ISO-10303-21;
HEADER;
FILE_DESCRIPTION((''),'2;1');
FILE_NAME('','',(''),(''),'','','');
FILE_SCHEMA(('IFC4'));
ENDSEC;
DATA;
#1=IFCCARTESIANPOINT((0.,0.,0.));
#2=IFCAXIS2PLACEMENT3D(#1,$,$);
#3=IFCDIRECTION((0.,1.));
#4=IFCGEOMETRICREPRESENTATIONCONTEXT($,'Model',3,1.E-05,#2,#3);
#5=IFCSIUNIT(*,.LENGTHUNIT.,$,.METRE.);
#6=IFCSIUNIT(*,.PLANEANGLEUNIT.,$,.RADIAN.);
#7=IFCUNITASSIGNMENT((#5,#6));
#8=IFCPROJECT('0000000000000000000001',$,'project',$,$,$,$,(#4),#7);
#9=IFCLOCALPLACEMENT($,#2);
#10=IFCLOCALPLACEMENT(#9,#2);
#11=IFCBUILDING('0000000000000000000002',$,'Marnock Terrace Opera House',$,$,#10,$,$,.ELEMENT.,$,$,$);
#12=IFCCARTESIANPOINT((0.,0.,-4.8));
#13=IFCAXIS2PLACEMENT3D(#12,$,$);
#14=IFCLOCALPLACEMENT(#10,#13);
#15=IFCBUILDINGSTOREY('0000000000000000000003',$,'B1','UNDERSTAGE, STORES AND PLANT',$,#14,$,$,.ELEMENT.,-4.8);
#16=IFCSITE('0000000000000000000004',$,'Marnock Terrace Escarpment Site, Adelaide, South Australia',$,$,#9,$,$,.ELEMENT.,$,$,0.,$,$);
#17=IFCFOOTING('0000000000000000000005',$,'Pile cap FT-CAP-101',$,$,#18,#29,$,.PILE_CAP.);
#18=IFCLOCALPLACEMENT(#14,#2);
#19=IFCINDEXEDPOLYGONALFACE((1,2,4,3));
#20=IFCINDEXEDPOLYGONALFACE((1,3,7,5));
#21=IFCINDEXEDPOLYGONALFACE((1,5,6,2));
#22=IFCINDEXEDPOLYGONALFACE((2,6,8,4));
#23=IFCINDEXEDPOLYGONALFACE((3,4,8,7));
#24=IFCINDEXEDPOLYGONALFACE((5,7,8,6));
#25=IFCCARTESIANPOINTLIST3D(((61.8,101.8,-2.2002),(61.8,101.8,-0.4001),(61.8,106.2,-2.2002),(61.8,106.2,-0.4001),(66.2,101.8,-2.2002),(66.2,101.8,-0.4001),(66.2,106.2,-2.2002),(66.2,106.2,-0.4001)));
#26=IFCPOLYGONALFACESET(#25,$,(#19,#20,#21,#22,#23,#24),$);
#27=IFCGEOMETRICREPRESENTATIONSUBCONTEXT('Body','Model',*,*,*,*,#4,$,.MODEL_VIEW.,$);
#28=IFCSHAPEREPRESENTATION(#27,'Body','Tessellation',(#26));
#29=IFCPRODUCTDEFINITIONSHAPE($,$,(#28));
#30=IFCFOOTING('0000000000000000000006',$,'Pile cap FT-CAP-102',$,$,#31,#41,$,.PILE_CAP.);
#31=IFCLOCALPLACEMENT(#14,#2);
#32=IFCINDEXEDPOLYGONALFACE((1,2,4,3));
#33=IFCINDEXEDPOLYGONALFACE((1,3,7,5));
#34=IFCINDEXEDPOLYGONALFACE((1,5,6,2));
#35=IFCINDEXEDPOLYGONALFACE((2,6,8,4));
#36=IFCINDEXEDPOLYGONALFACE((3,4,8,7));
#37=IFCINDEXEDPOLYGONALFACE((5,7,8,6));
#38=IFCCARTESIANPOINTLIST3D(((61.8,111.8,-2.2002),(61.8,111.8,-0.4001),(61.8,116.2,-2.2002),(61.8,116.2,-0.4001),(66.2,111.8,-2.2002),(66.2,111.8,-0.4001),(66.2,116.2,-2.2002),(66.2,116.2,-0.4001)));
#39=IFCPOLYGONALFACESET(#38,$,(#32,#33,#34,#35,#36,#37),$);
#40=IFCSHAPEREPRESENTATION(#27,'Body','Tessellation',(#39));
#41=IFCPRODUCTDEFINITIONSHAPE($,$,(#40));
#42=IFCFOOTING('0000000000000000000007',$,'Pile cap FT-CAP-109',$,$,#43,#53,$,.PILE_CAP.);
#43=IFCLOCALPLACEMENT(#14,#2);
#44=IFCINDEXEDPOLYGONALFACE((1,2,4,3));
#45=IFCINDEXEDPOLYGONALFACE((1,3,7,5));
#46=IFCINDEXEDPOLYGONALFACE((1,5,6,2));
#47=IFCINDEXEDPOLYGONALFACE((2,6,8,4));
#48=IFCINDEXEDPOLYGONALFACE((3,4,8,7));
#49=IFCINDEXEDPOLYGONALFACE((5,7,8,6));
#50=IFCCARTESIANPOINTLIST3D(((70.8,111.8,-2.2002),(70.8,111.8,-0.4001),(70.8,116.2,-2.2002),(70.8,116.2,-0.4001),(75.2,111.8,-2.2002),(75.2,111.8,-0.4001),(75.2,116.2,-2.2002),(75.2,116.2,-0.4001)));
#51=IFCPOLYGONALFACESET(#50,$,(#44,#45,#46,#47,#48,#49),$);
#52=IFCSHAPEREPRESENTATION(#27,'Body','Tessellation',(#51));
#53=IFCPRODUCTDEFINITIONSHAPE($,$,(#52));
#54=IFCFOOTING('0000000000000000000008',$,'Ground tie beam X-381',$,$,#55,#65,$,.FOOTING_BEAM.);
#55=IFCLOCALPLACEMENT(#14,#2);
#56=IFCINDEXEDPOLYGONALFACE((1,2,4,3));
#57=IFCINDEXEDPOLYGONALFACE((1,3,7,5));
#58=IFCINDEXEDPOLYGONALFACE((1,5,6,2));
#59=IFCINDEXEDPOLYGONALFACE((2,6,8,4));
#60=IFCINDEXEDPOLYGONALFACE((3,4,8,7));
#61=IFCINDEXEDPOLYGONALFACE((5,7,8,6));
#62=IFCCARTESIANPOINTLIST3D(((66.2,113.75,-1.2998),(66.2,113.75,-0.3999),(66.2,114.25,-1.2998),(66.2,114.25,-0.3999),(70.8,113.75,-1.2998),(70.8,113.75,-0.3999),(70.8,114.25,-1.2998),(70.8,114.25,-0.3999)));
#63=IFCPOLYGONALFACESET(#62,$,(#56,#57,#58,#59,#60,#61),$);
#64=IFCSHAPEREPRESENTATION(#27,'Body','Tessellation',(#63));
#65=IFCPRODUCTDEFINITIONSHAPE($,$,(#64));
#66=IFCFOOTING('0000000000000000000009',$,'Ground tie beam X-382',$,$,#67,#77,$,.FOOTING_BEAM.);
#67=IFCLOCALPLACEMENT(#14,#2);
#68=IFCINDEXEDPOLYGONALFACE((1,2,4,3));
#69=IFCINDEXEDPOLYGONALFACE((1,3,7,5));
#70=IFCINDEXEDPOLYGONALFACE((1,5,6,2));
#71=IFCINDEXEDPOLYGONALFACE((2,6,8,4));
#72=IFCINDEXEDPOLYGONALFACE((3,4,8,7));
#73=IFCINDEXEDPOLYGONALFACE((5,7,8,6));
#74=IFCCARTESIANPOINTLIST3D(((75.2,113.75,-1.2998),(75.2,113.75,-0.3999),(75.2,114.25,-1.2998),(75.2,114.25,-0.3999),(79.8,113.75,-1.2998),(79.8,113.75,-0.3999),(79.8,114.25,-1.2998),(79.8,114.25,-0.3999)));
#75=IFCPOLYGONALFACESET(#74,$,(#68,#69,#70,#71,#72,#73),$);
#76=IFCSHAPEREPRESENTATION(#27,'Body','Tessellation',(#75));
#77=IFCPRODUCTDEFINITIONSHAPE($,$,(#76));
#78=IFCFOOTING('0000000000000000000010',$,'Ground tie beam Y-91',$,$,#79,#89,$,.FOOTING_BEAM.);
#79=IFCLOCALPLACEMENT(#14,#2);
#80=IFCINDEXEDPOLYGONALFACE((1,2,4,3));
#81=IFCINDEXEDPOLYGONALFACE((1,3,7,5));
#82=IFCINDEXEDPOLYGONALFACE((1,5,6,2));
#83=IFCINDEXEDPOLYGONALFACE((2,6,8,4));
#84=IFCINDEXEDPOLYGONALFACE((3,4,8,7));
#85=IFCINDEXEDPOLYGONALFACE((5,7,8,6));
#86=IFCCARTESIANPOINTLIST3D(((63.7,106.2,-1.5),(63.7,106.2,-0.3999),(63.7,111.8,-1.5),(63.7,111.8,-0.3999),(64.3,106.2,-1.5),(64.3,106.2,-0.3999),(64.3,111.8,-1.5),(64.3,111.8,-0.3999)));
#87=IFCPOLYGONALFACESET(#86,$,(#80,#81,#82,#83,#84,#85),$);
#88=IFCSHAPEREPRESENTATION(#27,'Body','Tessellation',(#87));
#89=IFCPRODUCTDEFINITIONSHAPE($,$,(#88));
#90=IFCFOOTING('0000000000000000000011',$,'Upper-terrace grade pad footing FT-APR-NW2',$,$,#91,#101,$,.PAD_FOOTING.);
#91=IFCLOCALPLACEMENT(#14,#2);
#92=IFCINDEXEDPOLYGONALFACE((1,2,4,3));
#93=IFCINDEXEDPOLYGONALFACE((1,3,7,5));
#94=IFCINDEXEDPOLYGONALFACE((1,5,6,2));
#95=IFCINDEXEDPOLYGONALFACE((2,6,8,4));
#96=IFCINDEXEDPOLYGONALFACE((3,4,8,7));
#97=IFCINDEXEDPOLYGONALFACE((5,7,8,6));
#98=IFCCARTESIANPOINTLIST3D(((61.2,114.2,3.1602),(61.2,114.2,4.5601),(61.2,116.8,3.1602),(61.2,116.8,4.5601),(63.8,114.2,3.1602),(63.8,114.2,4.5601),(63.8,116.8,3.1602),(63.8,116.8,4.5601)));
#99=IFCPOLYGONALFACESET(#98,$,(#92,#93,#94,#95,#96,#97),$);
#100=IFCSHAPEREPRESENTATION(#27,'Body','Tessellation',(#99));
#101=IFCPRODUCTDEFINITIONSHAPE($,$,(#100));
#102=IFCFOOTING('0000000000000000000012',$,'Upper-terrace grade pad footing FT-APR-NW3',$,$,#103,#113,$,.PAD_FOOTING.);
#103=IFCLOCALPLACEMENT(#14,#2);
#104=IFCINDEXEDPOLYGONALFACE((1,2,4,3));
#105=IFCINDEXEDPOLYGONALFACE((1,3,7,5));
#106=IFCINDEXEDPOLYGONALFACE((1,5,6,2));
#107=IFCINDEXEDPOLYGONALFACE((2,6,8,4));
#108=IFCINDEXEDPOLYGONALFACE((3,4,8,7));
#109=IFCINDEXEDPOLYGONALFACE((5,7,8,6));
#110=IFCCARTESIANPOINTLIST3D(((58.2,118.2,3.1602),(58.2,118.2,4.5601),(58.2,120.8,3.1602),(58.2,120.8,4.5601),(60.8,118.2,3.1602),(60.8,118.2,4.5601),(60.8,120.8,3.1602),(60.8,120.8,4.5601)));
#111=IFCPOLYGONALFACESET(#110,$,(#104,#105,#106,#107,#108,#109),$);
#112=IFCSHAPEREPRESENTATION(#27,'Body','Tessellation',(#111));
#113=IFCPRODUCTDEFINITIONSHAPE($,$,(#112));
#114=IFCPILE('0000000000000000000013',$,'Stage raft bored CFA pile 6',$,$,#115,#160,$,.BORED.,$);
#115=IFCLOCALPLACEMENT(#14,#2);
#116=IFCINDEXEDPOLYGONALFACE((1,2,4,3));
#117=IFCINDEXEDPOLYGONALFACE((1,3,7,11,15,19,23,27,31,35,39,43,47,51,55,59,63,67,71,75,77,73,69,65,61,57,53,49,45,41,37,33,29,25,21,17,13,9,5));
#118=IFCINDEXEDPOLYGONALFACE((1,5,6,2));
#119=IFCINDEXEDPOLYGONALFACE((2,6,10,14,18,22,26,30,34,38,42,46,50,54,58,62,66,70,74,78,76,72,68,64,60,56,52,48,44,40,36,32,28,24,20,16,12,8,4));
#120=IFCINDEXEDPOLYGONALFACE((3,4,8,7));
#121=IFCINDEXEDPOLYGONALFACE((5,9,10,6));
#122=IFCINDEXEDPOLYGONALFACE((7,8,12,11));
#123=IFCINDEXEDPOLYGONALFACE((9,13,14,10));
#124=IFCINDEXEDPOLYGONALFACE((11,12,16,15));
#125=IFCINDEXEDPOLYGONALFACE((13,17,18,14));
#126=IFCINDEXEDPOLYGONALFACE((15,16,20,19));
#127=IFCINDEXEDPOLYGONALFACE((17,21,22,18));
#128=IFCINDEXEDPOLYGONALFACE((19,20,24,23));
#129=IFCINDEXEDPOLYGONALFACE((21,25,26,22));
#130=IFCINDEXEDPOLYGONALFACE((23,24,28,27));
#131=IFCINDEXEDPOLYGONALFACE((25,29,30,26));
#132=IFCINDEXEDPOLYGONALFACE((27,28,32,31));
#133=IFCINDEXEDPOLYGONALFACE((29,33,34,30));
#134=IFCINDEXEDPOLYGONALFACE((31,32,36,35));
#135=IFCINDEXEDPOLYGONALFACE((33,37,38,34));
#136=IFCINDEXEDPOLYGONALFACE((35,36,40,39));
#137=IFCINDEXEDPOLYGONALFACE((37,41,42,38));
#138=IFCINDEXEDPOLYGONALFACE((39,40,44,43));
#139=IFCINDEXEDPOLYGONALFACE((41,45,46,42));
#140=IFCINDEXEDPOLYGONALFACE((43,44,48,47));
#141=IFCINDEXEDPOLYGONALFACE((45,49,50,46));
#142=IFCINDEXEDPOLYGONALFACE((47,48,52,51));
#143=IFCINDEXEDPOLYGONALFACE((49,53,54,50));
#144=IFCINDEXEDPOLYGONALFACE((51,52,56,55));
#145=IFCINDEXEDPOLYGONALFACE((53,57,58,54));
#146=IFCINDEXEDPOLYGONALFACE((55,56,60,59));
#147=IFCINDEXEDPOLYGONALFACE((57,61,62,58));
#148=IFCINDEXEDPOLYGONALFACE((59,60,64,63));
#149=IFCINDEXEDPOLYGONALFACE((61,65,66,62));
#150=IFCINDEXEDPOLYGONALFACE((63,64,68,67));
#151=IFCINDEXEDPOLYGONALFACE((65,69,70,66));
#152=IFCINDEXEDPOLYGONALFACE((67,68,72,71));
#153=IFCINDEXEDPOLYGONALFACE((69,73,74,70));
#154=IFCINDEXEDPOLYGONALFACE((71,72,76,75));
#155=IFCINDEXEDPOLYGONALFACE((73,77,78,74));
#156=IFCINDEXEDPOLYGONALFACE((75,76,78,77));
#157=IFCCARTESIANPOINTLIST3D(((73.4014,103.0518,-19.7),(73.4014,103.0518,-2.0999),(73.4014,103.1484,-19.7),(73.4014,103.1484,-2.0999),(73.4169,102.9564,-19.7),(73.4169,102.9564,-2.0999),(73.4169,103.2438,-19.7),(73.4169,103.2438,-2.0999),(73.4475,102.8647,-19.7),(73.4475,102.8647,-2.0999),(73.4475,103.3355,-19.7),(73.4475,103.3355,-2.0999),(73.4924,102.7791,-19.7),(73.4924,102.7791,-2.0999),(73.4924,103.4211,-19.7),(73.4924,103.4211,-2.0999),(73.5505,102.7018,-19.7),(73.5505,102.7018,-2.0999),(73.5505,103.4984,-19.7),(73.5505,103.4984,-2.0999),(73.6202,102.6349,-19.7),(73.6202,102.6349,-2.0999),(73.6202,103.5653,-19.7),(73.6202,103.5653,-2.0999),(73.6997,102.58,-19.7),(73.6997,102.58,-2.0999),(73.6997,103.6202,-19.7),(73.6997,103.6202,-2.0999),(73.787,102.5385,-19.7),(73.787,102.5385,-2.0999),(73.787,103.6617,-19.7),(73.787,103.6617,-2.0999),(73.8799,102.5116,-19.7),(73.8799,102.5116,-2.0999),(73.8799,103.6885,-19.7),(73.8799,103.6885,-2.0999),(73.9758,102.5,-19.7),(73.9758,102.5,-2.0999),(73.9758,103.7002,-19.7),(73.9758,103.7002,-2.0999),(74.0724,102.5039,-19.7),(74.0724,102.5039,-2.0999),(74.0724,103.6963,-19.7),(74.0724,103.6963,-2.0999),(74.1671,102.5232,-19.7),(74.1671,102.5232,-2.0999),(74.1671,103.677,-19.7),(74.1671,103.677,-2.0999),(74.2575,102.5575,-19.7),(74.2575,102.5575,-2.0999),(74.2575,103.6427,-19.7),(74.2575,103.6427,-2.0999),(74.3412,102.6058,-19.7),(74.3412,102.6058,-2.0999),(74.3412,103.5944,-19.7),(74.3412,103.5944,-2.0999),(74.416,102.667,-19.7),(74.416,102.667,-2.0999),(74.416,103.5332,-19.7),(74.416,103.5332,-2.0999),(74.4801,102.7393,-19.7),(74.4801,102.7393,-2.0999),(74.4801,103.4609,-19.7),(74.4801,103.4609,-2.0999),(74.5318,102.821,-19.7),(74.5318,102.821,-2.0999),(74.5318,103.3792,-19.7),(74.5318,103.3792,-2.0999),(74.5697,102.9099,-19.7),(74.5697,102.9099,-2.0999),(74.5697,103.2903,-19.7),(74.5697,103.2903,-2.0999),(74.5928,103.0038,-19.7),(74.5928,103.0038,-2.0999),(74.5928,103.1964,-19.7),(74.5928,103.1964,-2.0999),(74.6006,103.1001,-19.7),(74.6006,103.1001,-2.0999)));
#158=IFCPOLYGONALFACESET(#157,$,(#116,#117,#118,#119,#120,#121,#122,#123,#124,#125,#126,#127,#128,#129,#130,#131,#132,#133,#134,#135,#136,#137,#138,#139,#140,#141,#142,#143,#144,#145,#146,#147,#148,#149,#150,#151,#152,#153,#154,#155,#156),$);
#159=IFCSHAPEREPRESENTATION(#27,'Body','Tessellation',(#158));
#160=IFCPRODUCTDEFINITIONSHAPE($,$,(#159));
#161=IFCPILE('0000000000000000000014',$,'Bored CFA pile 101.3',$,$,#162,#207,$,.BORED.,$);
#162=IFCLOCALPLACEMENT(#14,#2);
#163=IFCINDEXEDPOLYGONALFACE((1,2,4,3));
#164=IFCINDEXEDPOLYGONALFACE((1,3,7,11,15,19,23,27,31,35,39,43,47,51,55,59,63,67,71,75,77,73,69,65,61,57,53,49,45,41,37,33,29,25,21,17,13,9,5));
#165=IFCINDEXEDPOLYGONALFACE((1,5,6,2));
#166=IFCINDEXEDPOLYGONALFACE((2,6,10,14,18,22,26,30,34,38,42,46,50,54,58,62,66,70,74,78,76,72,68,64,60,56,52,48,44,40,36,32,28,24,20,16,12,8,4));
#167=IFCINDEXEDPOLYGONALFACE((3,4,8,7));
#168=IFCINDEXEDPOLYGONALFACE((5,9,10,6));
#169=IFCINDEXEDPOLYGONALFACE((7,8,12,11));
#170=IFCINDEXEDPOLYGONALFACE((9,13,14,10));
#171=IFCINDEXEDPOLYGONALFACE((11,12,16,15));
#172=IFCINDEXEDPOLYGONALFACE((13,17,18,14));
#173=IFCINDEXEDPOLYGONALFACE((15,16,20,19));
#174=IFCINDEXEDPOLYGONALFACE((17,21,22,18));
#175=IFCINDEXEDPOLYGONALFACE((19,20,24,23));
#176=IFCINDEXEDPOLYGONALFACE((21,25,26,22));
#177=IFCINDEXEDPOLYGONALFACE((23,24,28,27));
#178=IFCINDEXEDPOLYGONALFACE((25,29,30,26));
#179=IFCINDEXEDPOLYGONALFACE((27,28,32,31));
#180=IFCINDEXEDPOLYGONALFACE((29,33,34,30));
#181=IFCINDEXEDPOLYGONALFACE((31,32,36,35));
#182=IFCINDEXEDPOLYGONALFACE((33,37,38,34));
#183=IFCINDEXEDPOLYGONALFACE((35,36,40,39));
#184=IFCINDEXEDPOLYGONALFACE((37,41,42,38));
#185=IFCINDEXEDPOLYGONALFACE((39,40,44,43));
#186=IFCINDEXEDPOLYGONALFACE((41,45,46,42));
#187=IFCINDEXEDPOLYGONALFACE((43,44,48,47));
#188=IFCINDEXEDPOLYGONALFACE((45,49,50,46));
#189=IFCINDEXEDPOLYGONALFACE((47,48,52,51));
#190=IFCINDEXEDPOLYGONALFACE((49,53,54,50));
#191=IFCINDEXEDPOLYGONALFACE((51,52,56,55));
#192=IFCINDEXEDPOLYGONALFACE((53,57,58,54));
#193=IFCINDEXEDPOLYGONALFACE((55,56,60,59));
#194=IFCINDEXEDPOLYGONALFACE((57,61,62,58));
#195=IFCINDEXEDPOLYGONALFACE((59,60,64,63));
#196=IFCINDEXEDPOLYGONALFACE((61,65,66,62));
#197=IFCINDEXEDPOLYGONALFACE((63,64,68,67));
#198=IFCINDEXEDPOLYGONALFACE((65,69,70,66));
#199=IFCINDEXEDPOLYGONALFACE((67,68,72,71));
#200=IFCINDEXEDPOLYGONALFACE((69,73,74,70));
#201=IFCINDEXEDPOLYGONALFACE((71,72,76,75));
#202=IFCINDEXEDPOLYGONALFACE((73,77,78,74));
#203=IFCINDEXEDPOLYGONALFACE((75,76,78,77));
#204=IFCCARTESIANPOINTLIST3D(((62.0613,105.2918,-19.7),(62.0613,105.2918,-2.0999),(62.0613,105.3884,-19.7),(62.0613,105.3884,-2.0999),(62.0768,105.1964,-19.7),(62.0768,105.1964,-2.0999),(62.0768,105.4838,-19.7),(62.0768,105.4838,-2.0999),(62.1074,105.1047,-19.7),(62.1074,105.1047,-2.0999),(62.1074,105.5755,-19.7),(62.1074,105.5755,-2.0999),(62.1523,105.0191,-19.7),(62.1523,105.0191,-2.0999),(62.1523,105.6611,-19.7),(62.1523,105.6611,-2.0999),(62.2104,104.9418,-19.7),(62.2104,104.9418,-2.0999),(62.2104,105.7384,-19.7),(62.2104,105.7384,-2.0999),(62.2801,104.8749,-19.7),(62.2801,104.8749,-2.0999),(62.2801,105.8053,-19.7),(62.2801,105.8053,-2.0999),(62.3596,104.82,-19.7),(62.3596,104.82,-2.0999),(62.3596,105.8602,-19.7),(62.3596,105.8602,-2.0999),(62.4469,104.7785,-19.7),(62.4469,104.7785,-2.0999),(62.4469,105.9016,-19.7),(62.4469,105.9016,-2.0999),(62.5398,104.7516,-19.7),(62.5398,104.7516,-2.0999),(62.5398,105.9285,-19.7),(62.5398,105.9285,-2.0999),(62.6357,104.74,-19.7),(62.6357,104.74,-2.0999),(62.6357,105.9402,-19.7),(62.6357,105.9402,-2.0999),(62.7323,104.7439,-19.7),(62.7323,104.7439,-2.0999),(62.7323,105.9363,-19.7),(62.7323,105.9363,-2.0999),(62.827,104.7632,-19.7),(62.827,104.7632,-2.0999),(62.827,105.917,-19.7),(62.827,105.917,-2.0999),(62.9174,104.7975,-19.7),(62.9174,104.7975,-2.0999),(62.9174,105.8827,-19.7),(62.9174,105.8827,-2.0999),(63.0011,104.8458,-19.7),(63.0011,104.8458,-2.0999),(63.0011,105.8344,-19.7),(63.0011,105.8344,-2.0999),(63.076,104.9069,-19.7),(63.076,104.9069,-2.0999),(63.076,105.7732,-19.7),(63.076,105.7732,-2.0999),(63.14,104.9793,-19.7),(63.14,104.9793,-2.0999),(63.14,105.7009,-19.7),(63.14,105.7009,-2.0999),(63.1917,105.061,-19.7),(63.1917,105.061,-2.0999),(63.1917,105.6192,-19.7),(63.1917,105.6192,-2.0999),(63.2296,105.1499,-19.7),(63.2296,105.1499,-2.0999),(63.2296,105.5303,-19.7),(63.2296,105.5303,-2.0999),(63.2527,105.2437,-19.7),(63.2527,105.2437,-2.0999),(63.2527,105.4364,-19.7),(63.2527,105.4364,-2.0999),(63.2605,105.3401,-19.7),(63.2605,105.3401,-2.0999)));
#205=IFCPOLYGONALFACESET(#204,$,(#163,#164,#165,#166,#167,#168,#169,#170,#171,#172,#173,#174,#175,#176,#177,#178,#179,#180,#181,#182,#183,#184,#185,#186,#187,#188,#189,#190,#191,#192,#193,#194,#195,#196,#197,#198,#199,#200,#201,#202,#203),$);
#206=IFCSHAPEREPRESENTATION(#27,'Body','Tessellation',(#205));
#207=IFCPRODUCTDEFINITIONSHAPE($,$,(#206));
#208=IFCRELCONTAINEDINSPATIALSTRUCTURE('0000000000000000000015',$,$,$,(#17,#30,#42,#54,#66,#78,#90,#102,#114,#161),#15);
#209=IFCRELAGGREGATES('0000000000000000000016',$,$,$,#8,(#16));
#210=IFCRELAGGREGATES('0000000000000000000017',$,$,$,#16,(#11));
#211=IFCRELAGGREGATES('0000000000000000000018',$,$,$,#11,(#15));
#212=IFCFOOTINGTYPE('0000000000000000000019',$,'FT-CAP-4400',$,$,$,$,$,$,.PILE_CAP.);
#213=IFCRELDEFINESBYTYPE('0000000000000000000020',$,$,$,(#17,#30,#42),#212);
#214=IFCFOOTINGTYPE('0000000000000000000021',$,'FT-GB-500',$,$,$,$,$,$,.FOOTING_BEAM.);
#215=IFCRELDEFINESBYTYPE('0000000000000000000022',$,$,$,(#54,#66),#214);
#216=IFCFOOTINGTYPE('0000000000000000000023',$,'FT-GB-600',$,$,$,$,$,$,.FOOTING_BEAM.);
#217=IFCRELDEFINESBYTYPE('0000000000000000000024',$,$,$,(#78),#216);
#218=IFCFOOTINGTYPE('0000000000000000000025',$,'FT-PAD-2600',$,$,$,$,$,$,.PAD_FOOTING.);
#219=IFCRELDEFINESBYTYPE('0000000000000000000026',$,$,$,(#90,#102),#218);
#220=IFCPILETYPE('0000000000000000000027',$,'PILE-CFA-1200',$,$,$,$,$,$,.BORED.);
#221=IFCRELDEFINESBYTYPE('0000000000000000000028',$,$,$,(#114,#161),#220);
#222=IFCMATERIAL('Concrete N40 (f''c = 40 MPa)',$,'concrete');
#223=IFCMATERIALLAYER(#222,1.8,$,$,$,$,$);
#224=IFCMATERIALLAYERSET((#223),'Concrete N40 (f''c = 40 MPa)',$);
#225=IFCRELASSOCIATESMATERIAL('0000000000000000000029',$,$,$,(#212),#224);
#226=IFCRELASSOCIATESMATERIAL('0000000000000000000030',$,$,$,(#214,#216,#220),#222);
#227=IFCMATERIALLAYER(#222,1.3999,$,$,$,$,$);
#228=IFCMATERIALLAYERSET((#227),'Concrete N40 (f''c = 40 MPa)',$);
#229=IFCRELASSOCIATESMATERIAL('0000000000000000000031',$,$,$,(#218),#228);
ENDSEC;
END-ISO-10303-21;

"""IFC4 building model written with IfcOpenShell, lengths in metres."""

from ifc_helpers import new_model, si_unit, direction, frame, origin, origin_2d, place, context, subcontext, project, spatial, rectangle, circle, extrude, material, layer, layer_set, material_profile, profile_set, type_object, element, save


model = new_model("IFC4")

# Units and contexts
model_context = context("Model", 3, precision=1e-05, world=origin(), true_north=direction((0.0, 1.0)))
body_context = subcontext(model_context, "Body", "Model", "MODEL_VIEW")
ifc_project = project(units=[si_unit("LENGTHUNIT", "METRE"), si_unit("PLANEANGLEUNIT", "RADIAN")], contexts=[model_context])

# Site, building, storey
site_placement = place(None, origin())
site = spatial("IfcSite", under=ifc_project, at=site_placement, Name="Marnock Terrace Escarpment Site, Adelaide, South Australia", CompositionType="ELEMENT", RefElevation=0.0)
building_placement = place(site_placement, origin())
building = spatial("IfcBuilding", under=site, at=building_placement, Name="Marnock Terrace Opera House", CompositionType="ELEMENT")
storey_placement = place(building_placement, frame((0.0, 0.0, -4.8)))
storey = spatial("IfcBuildingStorey", under=building, at=storey_placement, Name="B1", Description="UNDERSTAGE, STORES AND PLANT", CompositionType="ELEMENT", Elevation=-4.8)

# Footings
ifc_material_1 = material(Name="Concrete N40 (f'c = 40 MPa)", Category="concrete")
ifc_layer_1 = layer(ifc_material_1, 1.8)
ifc_layer_set_1 = layer_set([ifc_layer_1], Name="Concrete N40 (f'c = 40 MPa)")
footing_type_1 = type_object("IfcFootingType", Name="FT-CAP-4400", PredefinedType="PILE_CAP", material=ifc_layer_set_1)
for number, where, z_axis, x_axis, name in (
    (1, (64.0, 104.0, -2.2002), (0.0, 0.0, 1.0), (1.0, 0.0, 0.0), "Pile cap FT-CAP-101"),
    (2, (64.0, 114.0, -2.2002), (0.0, 0.0, 1.0), (1.0, 0.0, 0.0), "Pile cap FT-CAP-102"),
    (3, (73.0, 114.0, -2.2002), (0.0, 0.0, 1.0), (1.0, 0.0, 0.0), "Pile cap FT-CAP-109"),
):
    element("IfcFooting", number, at=place(storey_placement, frame(where, z_axis=z_axis, x_axis=x_axis)), inside=storey, type_object=footing_type_1, Name=name, PredefinedType="PILE_CAP", context=body_context, shape_type="SweptSolid", body=[
        extrude(rectangle(XDim=4.3999, YDim=4.3999, at=origin_2d()), origin(), (0.0, 0.0, 1.0), 1.8),
    ])
ifc_material_profile_1 = material_profile(ifc_material_1, rectangle(XDim=0.5, YDim=0.8999, at=origin_2d()))
ifc_profile_set_1 = profile_set([ifc_material_profile_1], Name="Concrete N40 (f'c = 40 MPa)")
footing_type_2 = type_object("IfcFootingType", Name="FT-GB-500", PredefinedType="FOOTING_BEAM", material=ifc_profile_set_1)
for number, where, z_axis, x_axis, name in (
    (4, (66.2, 114.0, -0.8499), (1.0, 0.0, 0.0), (0.0, 1.0, 0.0), "Ground tie beam X-381"),
    (5, (75.2, 114.0, -0.8499), (1.0, 0.0, 0.0), (0.0, 1.0, 0.0), "Ground tie beam X-382"),
):
    element("IfcFooting", number, at=place(storey_placement, frame(where, z_axis=z_axis, x_axis=x_axis)), inside=storey, type_object=footing_type_2, Name=name, PredefinedType="FOOTING_BEAM", context=body_context, shape_type="SweptSolid", body=[
        extrude(rectangle(XDim=0.5, YDim=0.8999, at=origin_2d()), origin(), (0.0, 0.0, 1.0), 4.6001),
    ])
ifc_material_profile_2 = material_profile(ifc_material_1, rectangle(XDim=0.6001, YDim=1.1001, at=origin_2d()))
ifc_profile_set_2 = profile_set([ifc_material_profile_2], Name="Concrete N40 (f'c = 40 MPa)")
footing_type_3 = type_object("IfcFootingType", Name="FT-GB-600", PredefinedType="FOOTING_BEAM", material=ifc_profile_set_2)
footing_placement = place(storey_placement, frame((64.0, 106.2, -0.95), z_axis=(0.0, 1.0, 0.0), x_axis=(-1.0, 0.0, 0.0)))
element("IfcFooting", 6, at=footing_placement, inside=storey, type_object=footing_type_3, Name="Ground tie beam Y-91", PredefinedType="FOOTING_BEAM", context=body_context, shape_type="SweptSolid", body=[
    extrude(rectangle(XDim=0.6001, YDim=1.1001, at=origin_2d()), origin(), (0.0, 0.0, 1.0), 5.6001),
])
ifc_layer_2 = layer(ifc_material_1, 1.3999)
ifc_layer_set_2 = layer_set([ifc_layer_2], Name="Concrete N40 (f'c = 40 MPa)")
footing_type_4 = type_object("IfcFootingType", Name="FT-PAD-2600", PredefinedType="PAD_FOOTING", material=ifc_layer_set_2)
for number, where, z_axis, x_axis, name in (
    (7, (62.5, 115.5, 3.1602), (0.0, 0.0, 1.0), (1.0, 0.0, 0.0), "Upper-terrace grade pad footing FT-APR-NW2"),
    (8, (59.5, 119.5, 3.1602), (0.0, 0.0, 1.0), (1.0, 0.0, 0.0), "Upper-terrace grade pad footing FT-APR-NW3"),
):
    element("IfcFooting", number, at=place(storey_placement, frame(where, z_axis=z_axis, x_axis=x_axis)), inside=storey, type_object=footing_type_4, Name=name, PredefinedType="PAD_FOOTING", context=body_context, shape_type="SweptSolid", body=[
        extrude(rectangle(XDim=2.6001, YDim=2.6001, at=origin_2d()), origin(), (0.0, 0.0, 1.0), 1.3999),
    ])

# Piles
ifc_material_profile_3 = material_profile(ifc_material_1, circle(Radius=0.6006, at=origin_2d()))
ifc_profile_set_3 = profile_set([ifc_material_profile_3], Name="Concrete N40 (f'c = 40 MPa)")
pile_type = type_object("IfcPileType", Name="PILE-CFA-1200", PredefinedType="BORED", material=ifc_profile_set_3)
for number, where, z_axis, x_axis, name in (
    (9, (74.0, 103.1001, -2.0999), (0.0, 0.0, -1.0), (1.0, 0.0, 0.0), "Stage raft bored CFA pile 6"),
    (10, (62.6599, 105.3401, -2.0999), (0.0, 0.0, -1.0), (1.0, 0.0, 0.0), "Bored CFA pile 101.3"),
):
    element("IfcPile", number, at=place(storey_placement, frame(where, z_axis=z_axis, x_axis=x_axis)), inside=storey, type_object=pile_type, Name=name, PredefinedType="BORED", context=body_context, shape_type="SweptSolid", body=[
        extrude(circle(Radius=0.6006, at=origin_2d()), origin(), (0.0, 0.0, 1.0), 17.6001),
    ])

save(model, "model.ifc")
